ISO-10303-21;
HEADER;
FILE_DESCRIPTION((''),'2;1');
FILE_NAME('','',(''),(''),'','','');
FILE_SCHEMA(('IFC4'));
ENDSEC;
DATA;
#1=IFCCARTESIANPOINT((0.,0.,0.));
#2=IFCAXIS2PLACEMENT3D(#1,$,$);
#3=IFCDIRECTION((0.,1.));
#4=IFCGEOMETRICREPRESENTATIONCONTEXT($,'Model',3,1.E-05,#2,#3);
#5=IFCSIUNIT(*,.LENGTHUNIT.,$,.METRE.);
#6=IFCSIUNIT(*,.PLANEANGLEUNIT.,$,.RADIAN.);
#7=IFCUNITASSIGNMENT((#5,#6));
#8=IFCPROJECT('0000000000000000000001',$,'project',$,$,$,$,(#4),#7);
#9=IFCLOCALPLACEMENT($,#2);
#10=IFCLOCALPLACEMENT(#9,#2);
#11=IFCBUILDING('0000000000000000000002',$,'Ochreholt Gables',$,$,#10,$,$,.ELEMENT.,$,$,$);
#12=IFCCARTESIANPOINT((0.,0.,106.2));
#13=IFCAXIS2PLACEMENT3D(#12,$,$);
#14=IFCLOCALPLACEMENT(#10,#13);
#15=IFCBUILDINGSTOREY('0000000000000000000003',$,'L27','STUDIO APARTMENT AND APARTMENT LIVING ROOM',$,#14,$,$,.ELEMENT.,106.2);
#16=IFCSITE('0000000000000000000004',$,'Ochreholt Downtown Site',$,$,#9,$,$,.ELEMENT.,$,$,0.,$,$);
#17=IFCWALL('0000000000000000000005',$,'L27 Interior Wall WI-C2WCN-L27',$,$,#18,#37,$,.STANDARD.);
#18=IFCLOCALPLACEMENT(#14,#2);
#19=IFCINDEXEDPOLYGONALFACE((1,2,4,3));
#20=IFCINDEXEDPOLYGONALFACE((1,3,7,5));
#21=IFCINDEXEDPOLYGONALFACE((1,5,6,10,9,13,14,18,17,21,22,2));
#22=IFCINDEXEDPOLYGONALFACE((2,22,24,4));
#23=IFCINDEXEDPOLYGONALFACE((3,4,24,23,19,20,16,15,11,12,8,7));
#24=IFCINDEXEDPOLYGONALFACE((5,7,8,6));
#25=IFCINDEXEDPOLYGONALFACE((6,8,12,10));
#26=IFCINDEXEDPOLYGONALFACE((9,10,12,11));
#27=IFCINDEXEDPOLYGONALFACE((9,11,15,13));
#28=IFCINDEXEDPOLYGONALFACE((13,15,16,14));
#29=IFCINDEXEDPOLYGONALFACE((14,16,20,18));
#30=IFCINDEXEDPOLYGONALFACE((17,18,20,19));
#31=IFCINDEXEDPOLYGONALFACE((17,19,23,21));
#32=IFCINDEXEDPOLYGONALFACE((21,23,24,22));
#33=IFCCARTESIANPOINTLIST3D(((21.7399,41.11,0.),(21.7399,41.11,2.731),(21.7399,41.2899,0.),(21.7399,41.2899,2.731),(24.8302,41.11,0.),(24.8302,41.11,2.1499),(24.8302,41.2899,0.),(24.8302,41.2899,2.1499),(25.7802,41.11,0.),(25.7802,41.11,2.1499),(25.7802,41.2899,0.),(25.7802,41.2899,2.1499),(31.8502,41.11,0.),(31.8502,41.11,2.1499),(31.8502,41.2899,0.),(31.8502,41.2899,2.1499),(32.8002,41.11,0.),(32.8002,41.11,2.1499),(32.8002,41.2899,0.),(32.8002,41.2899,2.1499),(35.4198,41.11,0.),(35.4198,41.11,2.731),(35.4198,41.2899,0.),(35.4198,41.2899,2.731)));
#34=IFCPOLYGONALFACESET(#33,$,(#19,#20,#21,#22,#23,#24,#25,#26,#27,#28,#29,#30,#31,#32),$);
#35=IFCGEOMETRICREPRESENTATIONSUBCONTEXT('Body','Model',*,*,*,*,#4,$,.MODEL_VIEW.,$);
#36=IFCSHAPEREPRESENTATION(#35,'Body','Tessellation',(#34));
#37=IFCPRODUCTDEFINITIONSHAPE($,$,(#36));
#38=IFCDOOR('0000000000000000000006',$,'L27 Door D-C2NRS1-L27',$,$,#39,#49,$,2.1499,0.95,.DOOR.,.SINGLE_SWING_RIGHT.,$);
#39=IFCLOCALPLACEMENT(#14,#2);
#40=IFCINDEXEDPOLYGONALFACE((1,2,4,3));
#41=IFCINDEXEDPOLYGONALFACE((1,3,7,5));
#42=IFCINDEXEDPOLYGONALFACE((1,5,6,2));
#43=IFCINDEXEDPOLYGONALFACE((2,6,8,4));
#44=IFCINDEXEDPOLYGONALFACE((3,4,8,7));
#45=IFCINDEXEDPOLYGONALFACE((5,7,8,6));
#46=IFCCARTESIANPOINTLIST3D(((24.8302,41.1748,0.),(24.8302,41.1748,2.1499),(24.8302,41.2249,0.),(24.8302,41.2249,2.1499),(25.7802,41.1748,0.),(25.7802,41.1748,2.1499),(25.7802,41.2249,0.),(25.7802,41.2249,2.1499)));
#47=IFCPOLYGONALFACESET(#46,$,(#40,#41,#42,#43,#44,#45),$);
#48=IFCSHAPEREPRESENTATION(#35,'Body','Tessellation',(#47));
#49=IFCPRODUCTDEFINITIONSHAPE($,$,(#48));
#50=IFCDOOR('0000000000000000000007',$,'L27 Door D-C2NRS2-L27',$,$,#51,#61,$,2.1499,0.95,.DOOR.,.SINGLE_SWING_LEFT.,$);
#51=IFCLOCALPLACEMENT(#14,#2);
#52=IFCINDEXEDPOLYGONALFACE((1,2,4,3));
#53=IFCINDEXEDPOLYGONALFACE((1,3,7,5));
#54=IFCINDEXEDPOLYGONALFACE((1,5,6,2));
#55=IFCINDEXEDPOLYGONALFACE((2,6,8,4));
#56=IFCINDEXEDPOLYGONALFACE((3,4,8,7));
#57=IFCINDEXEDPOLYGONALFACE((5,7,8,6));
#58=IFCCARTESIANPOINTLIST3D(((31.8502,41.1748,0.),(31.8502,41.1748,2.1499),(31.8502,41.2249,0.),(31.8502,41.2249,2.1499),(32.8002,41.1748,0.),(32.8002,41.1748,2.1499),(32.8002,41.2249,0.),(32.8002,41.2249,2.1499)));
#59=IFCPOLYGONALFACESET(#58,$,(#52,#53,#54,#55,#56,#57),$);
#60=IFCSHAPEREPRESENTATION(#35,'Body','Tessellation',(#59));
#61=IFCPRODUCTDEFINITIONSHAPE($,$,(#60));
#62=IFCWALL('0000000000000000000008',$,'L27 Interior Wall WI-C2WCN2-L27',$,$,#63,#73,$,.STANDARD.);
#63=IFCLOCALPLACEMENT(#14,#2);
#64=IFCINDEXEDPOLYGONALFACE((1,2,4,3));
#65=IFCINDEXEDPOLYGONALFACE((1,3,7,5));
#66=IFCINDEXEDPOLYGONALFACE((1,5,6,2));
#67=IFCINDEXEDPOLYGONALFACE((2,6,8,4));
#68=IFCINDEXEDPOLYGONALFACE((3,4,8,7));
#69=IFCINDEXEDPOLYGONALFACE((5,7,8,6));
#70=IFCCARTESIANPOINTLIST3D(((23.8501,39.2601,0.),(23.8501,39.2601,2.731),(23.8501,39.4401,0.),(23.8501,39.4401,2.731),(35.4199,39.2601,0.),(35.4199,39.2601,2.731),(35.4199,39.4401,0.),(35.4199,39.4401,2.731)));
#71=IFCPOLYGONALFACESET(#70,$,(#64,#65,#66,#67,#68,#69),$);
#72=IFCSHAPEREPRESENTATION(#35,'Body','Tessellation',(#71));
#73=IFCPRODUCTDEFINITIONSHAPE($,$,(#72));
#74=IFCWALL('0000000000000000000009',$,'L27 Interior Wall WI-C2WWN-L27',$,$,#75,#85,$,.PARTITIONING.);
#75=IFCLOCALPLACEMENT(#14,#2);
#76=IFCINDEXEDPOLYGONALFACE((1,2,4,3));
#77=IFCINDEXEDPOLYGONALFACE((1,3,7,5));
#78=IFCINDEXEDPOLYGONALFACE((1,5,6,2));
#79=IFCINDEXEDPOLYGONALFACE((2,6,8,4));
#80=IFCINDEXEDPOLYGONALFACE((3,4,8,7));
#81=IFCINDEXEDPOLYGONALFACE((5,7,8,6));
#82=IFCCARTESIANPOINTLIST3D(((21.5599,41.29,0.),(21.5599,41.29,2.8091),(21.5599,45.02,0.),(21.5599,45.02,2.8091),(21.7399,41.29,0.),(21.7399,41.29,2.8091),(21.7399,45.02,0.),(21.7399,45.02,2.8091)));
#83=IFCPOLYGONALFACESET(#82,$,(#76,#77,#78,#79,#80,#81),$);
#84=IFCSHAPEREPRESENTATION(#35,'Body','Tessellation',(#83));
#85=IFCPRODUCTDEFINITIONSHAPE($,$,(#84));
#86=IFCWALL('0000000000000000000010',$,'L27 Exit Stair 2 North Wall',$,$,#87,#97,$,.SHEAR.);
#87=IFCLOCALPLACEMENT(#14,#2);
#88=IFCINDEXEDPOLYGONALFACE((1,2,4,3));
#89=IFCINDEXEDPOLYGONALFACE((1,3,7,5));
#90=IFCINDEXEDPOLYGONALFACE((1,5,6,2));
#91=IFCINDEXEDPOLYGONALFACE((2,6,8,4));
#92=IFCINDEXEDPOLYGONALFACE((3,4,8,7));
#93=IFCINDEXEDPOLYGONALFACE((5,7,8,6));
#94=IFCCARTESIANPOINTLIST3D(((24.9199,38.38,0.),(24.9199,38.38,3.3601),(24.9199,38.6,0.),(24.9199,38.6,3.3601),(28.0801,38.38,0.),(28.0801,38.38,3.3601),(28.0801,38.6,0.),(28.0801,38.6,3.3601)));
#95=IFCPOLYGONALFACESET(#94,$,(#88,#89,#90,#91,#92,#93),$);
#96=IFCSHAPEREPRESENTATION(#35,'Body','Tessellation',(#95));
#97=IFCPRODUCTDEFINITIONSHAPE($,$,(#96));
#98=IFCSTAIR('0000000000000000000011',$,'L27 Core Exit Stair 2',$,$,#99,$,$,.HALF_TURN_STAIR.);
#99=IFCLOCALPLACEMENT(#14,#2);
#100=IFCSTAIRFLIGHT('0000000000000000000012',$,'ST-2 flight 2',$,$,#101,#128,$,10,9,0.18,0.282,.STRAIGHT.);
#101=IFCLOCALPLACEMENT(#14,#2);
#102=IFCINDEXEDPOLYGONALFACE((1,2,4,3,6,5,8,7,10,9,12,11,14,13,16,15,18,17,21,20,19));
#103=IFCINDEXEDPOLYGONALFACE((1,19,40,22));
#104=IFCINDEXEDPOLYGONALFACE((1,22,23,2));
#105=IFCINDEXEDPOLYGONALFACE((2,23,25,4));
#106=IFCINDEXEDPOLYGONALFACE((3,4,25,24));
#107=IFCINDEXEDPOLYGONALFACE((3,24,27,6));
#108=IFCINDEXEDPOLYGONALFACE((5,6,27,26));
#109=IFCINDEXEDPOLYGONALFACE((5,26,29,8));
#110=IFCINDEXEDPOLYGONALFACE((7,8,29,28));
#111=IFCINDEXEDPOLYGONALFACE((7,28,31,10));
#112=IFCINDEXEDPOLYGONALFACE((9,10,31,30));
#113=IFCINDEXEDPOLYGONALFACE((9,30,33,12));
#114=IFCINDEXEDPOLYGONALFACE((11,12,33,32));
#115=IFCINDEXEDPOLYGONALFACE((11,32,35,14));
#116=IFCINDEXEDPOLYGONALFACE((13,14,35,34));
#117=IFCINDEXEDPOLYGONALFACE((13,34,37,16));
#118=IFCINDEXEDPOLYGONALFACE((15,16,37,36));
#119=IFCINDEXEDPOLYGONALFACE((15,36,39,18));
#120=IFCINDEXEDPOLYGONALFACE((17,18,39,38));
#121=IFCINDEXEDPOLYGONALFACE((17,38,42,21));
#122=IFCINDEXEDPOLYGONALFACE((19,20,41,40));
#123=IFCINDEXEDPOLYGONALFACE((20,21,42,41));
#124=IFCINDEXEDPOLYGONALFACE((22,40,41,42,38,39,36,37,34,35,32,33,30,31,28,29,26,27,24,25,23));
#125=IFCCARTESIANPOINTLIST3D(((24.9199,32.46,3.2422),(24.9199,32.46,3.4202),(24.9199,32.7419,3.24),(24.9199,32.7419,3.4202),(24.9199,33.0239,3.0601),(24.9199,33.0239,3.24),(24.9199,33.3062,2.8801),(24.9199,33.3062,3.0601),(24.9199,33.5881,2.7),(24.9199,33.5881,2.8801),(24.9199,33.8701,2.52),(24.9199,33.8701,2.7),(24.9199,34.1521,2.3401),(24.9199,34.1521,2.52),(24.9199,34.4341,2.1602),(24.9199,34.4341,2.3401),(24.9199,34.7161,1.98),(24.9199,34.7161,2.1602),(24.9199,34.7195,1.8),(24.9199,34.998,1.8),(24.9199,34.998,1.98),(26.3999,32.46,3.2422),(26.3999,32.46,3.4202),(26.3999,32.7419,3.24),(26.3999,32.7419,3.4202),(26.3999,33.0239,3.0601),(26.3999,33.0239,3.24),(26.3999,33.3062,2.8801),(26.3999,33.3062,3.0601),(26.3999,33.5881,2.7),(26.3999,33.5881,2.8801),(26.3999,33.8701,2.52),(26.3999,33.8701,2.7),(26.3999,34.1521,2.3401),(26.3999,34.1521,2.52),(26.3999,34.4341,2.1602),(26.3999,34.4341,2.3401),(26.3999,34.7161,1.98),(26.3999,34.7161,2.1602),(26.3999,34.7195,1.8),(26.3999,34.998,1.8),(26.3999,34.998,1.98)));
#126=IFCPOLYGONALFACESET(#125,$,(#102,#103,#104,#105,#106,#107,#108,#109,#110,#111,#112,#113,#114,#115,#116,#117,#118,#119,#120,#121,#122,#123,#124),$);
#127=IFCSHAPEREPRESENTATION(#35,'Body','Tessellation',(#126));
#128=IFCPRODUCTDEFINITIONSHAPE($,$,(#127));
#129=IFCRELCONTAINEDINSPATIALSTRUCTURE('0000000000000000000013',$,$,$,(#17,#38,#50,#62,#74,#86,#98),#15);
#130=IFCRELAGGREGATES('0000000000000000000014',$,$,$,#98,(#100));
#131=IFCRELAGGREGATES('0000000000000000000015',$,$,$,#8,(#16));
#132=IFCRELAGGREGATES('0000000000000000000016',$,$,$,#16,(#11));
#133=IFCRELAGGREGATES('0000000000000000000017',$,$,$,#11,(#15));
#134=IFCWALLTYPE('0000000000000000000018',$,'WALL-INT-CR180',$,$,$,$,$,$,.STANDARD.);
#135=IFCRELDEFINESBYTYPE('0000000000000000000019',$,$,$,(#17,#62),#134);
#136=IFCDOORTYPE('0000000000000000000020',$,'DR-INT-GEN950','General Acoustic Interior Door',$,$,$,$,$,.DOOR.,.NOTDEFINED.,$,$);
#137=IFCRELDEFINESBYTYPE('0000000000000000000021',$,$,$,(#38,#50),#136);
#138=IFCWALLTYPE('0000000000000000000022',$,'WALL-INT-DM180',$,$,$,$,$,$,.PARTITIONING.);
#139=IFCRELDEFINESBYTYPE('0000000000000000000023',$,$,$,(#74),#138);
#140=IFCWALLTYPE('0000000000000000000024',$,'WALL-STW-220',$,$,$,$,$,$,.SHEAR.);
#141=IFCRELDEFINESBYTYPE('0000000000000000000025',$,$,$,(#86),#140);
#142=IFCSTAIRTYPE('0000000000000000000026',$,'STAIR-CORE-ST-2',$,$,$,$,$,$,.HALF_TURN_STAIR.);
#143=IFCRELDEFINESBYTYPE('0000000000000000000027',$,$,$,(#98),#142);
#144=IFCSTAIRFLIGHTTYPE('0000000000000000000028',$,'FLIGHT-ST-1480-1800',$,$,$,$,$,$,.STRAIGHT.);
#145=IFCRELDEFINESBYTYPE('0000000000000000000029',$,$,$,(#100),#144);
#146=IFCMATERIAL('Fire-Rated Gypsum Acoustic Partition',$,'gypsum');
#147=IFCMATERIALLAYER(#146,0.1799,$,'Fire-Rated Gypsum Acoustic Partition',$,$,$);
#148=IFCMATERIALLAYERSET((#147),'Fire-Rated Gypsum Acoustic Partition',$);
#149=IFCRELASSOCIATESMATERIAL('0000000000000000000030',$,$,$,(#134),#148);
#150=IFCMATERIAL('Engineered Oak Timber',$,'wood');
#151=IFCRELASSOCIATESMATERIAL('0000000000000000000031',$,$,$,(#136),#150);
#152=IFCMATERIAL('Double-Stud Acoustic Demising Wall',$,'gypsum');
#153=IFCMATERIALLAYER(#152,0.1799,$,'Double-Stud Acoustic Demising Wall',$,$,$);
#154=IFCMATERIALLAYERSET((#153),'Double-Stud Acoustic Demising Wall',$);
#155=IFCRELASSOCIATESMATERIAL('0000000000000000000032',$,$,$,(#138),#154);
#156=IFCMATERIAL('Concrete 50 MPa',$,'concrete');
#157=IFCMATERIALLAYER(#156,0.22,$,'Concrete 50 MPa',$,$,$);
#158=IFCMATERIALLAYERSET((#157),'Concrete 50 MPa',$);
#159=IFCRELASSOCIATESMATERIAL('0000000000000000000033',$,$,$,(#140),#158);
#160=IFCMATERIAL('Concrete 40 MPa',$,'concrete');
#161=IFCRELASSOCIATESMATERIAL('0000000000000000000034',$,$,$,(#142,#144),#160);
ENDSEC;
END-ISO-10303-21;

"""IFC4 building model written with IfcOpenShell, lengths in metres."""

from ifc_helpers import new_model, si_unit, direction, frame, frame_2d, origin, place, context, subcontext, project, spatial, polyline, rectangle, outline, extrude, material, layer, layer_set, type_object, element, fill, aggregate, save


model = new_model("IFC4")

# Units and contexts
model_context = context("Model", 3, precision=1e-05, world=origin(), true_north=direction((0.0, 1.0)))
body_context = subcontext(model_context, "Body", "Model", "MODEL_VIEW")
ifc_project = project(units=[si_unit("LENGTHUNIT", "METRE"), si_unit("PLANEANGLEUNIT", "RADIAN")], contexts=[model_context])

# Site, building, storey
site_placement = place(None, origin())
site = spatial("IfcSite", under=ifc_project, at=site_placement, Name="Ochreholt Downtown Site", CompositionType="ELEMENT", RefElevation=0.0)
building_placement = place(site_placement, origin())
building = spatial("IfcBuilding", under=site, at=building_placement, Name="Ochreholt Gables", CompositionType="ELEMENT")
storey_placement = place(building_placement, frame((0.0, 0.0, 106.2)))
storey = spatial("IfcBuildingStorey", under=building, at=storey_placement, Name="L27", Description="STUDIO APARTMENT AND APARTMENT LIVING ROOM", CompositionType="ELEMENT", Elevation=106.2)

# Wall, openings, doors
ifc_material_1 = material(Name="Fire-Rated Gypsum Acoustic Partition", Category="gypsum")
ifc_layer_1 = layer(ifc_material_1, 0.1799, Name="Fire-Rated Gypsum Acoustic Partition")
ifc_layer_set_1 = layer_set([ifc_layer_1], Name="Fire-Rated Gypsum Acoustic Partition")
wall_type_1 = type_object("IfcWallType", Name="WALL-INT-CR180", PredefinedType="STANDARD", material=ifc_layer_set_1)
wall_1_placement = place(storey_placement, frame((21.74, 41.2, 0.0), z_axis=(0.0, 0.0, 1.0), x_axis=(1.0, 0.0, 0.0)))
wall_1 = element("IfcWall", 1, at=wall_1_placement, inside=storey, type_object=wall_type_1, Name="L27 Interior Wall WI-C2WCN-L27", PredefinedType="STANDARD", context=body_context, shape_type="SweptSolid", body=[
    extrude(rectangle(XDim=13.6799, YDim=0.1799, at=frame_2d((6.8398, 0.0))), origin(), (0.0, 0.0, 1.0), 2.731),
])
opening_1_placement = place(wall_1_placement, frame((3.0901, 0.0, 0.0)))
opening_1 = element("IfcOpeningElement", 2, at=opening_1_placement, cuts=wall_1, PredefinedType="OPENING", context=body_context, shape_type="SweptSolid", body=[
    extrude(rectangle(XDim=0.95, YDim=2.1499, at=frame_2d((0.4751, 1.075))), frame((0.0, 0.0999, 0.0), z_axis=(0.0, -1.0, 0.0), x_axis=(1.0, 0.0, 0.0)), (0.0, 0.0, 1.0), 0.2),
])
opening_2_placement = place(wall_1_placement, frame((10.1101, 0.0, 0.0)))
opening_2 = element("IfcOpeningElement", 3, at=opening_2_placement, cuts=wall_1, PredefinedType="OPENING", context=body_context, shape_type="SweptSolid", body=[
    extrude(rectangle(XDim=0.95, YDim=2.1499, at=frame_2d((0.4751, 1.075))), frame((0.0, 0.0999, 0.0), z_axis=(0.0, -1.0, 0.0), x_axis=(1.0, 0.0, 0.0)), (0.0, 0.0, 1.0), 0.2),
])
ifc_material_2 = material(Name="Engineered Oak Timber", Category="wood")
door_type_1 = type_object("IfcDoorType", Name="DR-INT-GEN950", Description="General Acoustic Interior Door", OperationType="NOTDEFINED", PredefinedType="DOOR", material=ifc_material_2)
door_1_placement = place(opening_1_placement, origin())
door_1 = element("IfcDoor", 4, at=door_1_placement, inside=storey, type_object=door_type_1, Name="L27 Door D-C2NRS1-L27", OperationType="SINGLE_SWING_RIGHT", OverallHeight=2.1499, OverallWidth=0.95, PredefinedType="DOOR", context=body_context, shape_type="SweptSolid", body=[
    extrude(rectangle(XDim=0.95, YDim=2.1499, at=frame_2d((0.4751, 1.075))), frame((0.0, 0.0249, 0.0), z_axis=(0.0, -1.0, 0.0), x_axis=(1.0, 0.0, 0.0)), (0.0, 0.0, 1.0), 0.05),
])
fill(opening_1, door_1)
door_2_placement = place(opening_2_placement, origin())
door_2 = element("IfcDoor", 5, at=door_2_placement, inside=storey, type_object=door_type_1, Name="L27 Door D-C2NRS2-L27", OperationType="SINGLE_SWING_LEFT", OverallHeight=2.1499, OverallWidth=0.95, PredefinedType="DOOR", context=body_context, shape_type="SweptSolid", body=[
    extrude(rectangle(XDim=0.95, YDim=2.1499, at=frame_2d((0.4751, 1.075))), frame((0.0, 0.0249, 0.0), z_axis=(0.0, -1.0, 0.0), x_axis=(1.0, 0.0, 0.0)), (0.0, 0.0, 1.0), 0.05),
])
fill(opening_2, door_2)

# Walls
wall_2_placement = place(storey_placement, frame((23.8501, 39.3501, 0.0), z_axis=(0.0, 0.0, 1.0), x_axis=(1.0, 0.0, 0.0)))
element("IfcWall", 6, at=wall_2_placement, inside=storey, type_object=wall_type_1, Name="L27 Interior Wall WI-C2WCN2-L27", PredefinedType="STANDARD", context=body_context, shape_type="SweptSolid", body=[
    extrude(rectangle(XDim=11.5698, YDim=0.1799, at=frame_2d((5.7849, 0.0))), origin(), (0.0, 0.0, 1.0), 2.731),
])
ifc_material_3 = material(Name="Double-Stud Acoustic Demising Wall", Category="gypsum")
ifc_layer_2 = layer(ifc_material_3, 0.1799, Name="Double-Stud Acoustic Demising Wall")
ifc_layer_set_2 = layer_set([ifc_layer_2], Name="Double-Stud Acoustic Demising Wall")
wall_type_2 = type_object("IfcWallType", Name="WALL-INT-DM180", PredefinedType="PARTITIONING", material=ifc_layer_set_2)
wall_3_placement = place(storey_placement, frame((21.6499, 41.29, 0.0), z_axis=(0.0, 0.0, 1.0), x_axis=(0.0, 1.0, 0.0)))
element("IfcWall", 7, at=wall_3_placement, inside=storey, type_object=wall_type_2, Name="L27 Interior Wall WI-C2WWN-L27", PredefinedType="PARTITIONING", context=body_context, shape_type="SweptSolid", body=[
    extrude(rectangle(XDim=3.73, YDim=0.1799, at=frame_2d((1.865, 0.0))), origin(), (0.0, 0.0, 1.0), 2.8091),
])
ifc_material_4 = material(Name="Concrete 50 MPa", Category="concrete")
ifc_layer_3 = layer(ifc_material_4, 0.22, Name="Concrete 50 MPa")
ifc_layer_set_3 = layer_set([ifc_layer_3], Name="Concrete 50 MPa")
wall_type_3 = type_object("IfcWallType", Name="WALL-STW-220", PredefinedType="SHEAR", material=ifc_layer_set_3)
wall_4_placement = place(storey_placement, frame((24.9199, 38.49, 0.0), z_axis=(0.0, 0.0, 1.0), x_axis=(1.0, 0.0, 0.0)))
element("IfcWall", 8, at=wall_4_placement, inside=storey, type_object=wall_type_3, Name="L27 Exit Stair 2 North Wall", PredefinedType="SHEAR", context=body_context, shape_type="SweptSolid", body=[
    extrude(rectangle(XDim=3.1602, YDim=0.22, at=frame_2d((1.5801, 0.0))), origin(), (0.0, 0.0, 1.0), 3.3601),
])

# Stair, stair flight
ifc_material_5 = material(Name="Concrete 40 MPa", Category="concrete")
stair_type = type_object("IfcStairType", Name="STAIR-CORE-ST-2", PredefinedType="HALF_TURN_STAIR", material=ifc_material_5)
stair_placement = place(storey_placement, origin())
stair = element("IfcStair", 9, at=stair_placement, inside=storey, type_object=stair_type, Name="L27 Core Exit Stair 2", PredefinedType="HALF_TURN_STAIR")
stair_flight_type = type_object("IfcStairFlightType", Name="FLIGHT-ST-1480-1800", PredefinedType="STRAIGHT", material=ifc_material_5)
stair_flight_placement = place(storey_placement, frame((25.6599, 34.998, 1.8), z_axis=(0.0, 0.0, 1.0), x_axis=(0.0, -1.0, 0.0)))
stair_flight = element("IfcStairFlight", 10, at=stair_flight_placement, type_object=stair_flight_type, Name="ST-2 flight 2", NumberOfRisers=10, NumberOfTreads=9, PredefinedType="STRAIGHT", RiserHeight=0.18, TreadLength=0.282, context=body_context, shape_type="SweptSolid", body=[
    extrude(outline(polyline([(0.0, 0.0), (0.0, 0.1799), (0.282, 0.1799), (0.282, 0.3601), (0.564, 0.3601), (0.564, 0.54), (0.8459, 0.54), (0.8459, 0.72), (1.1279, 0.72), (1.1279, 0.8999), (1.4099, 0.8999), (1.4099, 1.0801), (1.6919, 1.0801), (1.6919, 1.26), (1.9741, 1.26), (1.9741, 1.4399), (2.2561, 1.4399), (2.2561, 1.6201), (2.5381, 1.6201), (2.5381, 1.8), (2.5381, 1.4421), (0.2786, 0.0), (0.0, 0.0)])), frame((0.0, 0.74, 0.0), z_axis=(0.0, -1.0, 0.0), x_axis=(1.0, 0.0, 0.0)), (0.0, 0.0, 1.0), 1.48),
])
aggregate(stair, [stair_flight])

save(model, "model.ifc")
